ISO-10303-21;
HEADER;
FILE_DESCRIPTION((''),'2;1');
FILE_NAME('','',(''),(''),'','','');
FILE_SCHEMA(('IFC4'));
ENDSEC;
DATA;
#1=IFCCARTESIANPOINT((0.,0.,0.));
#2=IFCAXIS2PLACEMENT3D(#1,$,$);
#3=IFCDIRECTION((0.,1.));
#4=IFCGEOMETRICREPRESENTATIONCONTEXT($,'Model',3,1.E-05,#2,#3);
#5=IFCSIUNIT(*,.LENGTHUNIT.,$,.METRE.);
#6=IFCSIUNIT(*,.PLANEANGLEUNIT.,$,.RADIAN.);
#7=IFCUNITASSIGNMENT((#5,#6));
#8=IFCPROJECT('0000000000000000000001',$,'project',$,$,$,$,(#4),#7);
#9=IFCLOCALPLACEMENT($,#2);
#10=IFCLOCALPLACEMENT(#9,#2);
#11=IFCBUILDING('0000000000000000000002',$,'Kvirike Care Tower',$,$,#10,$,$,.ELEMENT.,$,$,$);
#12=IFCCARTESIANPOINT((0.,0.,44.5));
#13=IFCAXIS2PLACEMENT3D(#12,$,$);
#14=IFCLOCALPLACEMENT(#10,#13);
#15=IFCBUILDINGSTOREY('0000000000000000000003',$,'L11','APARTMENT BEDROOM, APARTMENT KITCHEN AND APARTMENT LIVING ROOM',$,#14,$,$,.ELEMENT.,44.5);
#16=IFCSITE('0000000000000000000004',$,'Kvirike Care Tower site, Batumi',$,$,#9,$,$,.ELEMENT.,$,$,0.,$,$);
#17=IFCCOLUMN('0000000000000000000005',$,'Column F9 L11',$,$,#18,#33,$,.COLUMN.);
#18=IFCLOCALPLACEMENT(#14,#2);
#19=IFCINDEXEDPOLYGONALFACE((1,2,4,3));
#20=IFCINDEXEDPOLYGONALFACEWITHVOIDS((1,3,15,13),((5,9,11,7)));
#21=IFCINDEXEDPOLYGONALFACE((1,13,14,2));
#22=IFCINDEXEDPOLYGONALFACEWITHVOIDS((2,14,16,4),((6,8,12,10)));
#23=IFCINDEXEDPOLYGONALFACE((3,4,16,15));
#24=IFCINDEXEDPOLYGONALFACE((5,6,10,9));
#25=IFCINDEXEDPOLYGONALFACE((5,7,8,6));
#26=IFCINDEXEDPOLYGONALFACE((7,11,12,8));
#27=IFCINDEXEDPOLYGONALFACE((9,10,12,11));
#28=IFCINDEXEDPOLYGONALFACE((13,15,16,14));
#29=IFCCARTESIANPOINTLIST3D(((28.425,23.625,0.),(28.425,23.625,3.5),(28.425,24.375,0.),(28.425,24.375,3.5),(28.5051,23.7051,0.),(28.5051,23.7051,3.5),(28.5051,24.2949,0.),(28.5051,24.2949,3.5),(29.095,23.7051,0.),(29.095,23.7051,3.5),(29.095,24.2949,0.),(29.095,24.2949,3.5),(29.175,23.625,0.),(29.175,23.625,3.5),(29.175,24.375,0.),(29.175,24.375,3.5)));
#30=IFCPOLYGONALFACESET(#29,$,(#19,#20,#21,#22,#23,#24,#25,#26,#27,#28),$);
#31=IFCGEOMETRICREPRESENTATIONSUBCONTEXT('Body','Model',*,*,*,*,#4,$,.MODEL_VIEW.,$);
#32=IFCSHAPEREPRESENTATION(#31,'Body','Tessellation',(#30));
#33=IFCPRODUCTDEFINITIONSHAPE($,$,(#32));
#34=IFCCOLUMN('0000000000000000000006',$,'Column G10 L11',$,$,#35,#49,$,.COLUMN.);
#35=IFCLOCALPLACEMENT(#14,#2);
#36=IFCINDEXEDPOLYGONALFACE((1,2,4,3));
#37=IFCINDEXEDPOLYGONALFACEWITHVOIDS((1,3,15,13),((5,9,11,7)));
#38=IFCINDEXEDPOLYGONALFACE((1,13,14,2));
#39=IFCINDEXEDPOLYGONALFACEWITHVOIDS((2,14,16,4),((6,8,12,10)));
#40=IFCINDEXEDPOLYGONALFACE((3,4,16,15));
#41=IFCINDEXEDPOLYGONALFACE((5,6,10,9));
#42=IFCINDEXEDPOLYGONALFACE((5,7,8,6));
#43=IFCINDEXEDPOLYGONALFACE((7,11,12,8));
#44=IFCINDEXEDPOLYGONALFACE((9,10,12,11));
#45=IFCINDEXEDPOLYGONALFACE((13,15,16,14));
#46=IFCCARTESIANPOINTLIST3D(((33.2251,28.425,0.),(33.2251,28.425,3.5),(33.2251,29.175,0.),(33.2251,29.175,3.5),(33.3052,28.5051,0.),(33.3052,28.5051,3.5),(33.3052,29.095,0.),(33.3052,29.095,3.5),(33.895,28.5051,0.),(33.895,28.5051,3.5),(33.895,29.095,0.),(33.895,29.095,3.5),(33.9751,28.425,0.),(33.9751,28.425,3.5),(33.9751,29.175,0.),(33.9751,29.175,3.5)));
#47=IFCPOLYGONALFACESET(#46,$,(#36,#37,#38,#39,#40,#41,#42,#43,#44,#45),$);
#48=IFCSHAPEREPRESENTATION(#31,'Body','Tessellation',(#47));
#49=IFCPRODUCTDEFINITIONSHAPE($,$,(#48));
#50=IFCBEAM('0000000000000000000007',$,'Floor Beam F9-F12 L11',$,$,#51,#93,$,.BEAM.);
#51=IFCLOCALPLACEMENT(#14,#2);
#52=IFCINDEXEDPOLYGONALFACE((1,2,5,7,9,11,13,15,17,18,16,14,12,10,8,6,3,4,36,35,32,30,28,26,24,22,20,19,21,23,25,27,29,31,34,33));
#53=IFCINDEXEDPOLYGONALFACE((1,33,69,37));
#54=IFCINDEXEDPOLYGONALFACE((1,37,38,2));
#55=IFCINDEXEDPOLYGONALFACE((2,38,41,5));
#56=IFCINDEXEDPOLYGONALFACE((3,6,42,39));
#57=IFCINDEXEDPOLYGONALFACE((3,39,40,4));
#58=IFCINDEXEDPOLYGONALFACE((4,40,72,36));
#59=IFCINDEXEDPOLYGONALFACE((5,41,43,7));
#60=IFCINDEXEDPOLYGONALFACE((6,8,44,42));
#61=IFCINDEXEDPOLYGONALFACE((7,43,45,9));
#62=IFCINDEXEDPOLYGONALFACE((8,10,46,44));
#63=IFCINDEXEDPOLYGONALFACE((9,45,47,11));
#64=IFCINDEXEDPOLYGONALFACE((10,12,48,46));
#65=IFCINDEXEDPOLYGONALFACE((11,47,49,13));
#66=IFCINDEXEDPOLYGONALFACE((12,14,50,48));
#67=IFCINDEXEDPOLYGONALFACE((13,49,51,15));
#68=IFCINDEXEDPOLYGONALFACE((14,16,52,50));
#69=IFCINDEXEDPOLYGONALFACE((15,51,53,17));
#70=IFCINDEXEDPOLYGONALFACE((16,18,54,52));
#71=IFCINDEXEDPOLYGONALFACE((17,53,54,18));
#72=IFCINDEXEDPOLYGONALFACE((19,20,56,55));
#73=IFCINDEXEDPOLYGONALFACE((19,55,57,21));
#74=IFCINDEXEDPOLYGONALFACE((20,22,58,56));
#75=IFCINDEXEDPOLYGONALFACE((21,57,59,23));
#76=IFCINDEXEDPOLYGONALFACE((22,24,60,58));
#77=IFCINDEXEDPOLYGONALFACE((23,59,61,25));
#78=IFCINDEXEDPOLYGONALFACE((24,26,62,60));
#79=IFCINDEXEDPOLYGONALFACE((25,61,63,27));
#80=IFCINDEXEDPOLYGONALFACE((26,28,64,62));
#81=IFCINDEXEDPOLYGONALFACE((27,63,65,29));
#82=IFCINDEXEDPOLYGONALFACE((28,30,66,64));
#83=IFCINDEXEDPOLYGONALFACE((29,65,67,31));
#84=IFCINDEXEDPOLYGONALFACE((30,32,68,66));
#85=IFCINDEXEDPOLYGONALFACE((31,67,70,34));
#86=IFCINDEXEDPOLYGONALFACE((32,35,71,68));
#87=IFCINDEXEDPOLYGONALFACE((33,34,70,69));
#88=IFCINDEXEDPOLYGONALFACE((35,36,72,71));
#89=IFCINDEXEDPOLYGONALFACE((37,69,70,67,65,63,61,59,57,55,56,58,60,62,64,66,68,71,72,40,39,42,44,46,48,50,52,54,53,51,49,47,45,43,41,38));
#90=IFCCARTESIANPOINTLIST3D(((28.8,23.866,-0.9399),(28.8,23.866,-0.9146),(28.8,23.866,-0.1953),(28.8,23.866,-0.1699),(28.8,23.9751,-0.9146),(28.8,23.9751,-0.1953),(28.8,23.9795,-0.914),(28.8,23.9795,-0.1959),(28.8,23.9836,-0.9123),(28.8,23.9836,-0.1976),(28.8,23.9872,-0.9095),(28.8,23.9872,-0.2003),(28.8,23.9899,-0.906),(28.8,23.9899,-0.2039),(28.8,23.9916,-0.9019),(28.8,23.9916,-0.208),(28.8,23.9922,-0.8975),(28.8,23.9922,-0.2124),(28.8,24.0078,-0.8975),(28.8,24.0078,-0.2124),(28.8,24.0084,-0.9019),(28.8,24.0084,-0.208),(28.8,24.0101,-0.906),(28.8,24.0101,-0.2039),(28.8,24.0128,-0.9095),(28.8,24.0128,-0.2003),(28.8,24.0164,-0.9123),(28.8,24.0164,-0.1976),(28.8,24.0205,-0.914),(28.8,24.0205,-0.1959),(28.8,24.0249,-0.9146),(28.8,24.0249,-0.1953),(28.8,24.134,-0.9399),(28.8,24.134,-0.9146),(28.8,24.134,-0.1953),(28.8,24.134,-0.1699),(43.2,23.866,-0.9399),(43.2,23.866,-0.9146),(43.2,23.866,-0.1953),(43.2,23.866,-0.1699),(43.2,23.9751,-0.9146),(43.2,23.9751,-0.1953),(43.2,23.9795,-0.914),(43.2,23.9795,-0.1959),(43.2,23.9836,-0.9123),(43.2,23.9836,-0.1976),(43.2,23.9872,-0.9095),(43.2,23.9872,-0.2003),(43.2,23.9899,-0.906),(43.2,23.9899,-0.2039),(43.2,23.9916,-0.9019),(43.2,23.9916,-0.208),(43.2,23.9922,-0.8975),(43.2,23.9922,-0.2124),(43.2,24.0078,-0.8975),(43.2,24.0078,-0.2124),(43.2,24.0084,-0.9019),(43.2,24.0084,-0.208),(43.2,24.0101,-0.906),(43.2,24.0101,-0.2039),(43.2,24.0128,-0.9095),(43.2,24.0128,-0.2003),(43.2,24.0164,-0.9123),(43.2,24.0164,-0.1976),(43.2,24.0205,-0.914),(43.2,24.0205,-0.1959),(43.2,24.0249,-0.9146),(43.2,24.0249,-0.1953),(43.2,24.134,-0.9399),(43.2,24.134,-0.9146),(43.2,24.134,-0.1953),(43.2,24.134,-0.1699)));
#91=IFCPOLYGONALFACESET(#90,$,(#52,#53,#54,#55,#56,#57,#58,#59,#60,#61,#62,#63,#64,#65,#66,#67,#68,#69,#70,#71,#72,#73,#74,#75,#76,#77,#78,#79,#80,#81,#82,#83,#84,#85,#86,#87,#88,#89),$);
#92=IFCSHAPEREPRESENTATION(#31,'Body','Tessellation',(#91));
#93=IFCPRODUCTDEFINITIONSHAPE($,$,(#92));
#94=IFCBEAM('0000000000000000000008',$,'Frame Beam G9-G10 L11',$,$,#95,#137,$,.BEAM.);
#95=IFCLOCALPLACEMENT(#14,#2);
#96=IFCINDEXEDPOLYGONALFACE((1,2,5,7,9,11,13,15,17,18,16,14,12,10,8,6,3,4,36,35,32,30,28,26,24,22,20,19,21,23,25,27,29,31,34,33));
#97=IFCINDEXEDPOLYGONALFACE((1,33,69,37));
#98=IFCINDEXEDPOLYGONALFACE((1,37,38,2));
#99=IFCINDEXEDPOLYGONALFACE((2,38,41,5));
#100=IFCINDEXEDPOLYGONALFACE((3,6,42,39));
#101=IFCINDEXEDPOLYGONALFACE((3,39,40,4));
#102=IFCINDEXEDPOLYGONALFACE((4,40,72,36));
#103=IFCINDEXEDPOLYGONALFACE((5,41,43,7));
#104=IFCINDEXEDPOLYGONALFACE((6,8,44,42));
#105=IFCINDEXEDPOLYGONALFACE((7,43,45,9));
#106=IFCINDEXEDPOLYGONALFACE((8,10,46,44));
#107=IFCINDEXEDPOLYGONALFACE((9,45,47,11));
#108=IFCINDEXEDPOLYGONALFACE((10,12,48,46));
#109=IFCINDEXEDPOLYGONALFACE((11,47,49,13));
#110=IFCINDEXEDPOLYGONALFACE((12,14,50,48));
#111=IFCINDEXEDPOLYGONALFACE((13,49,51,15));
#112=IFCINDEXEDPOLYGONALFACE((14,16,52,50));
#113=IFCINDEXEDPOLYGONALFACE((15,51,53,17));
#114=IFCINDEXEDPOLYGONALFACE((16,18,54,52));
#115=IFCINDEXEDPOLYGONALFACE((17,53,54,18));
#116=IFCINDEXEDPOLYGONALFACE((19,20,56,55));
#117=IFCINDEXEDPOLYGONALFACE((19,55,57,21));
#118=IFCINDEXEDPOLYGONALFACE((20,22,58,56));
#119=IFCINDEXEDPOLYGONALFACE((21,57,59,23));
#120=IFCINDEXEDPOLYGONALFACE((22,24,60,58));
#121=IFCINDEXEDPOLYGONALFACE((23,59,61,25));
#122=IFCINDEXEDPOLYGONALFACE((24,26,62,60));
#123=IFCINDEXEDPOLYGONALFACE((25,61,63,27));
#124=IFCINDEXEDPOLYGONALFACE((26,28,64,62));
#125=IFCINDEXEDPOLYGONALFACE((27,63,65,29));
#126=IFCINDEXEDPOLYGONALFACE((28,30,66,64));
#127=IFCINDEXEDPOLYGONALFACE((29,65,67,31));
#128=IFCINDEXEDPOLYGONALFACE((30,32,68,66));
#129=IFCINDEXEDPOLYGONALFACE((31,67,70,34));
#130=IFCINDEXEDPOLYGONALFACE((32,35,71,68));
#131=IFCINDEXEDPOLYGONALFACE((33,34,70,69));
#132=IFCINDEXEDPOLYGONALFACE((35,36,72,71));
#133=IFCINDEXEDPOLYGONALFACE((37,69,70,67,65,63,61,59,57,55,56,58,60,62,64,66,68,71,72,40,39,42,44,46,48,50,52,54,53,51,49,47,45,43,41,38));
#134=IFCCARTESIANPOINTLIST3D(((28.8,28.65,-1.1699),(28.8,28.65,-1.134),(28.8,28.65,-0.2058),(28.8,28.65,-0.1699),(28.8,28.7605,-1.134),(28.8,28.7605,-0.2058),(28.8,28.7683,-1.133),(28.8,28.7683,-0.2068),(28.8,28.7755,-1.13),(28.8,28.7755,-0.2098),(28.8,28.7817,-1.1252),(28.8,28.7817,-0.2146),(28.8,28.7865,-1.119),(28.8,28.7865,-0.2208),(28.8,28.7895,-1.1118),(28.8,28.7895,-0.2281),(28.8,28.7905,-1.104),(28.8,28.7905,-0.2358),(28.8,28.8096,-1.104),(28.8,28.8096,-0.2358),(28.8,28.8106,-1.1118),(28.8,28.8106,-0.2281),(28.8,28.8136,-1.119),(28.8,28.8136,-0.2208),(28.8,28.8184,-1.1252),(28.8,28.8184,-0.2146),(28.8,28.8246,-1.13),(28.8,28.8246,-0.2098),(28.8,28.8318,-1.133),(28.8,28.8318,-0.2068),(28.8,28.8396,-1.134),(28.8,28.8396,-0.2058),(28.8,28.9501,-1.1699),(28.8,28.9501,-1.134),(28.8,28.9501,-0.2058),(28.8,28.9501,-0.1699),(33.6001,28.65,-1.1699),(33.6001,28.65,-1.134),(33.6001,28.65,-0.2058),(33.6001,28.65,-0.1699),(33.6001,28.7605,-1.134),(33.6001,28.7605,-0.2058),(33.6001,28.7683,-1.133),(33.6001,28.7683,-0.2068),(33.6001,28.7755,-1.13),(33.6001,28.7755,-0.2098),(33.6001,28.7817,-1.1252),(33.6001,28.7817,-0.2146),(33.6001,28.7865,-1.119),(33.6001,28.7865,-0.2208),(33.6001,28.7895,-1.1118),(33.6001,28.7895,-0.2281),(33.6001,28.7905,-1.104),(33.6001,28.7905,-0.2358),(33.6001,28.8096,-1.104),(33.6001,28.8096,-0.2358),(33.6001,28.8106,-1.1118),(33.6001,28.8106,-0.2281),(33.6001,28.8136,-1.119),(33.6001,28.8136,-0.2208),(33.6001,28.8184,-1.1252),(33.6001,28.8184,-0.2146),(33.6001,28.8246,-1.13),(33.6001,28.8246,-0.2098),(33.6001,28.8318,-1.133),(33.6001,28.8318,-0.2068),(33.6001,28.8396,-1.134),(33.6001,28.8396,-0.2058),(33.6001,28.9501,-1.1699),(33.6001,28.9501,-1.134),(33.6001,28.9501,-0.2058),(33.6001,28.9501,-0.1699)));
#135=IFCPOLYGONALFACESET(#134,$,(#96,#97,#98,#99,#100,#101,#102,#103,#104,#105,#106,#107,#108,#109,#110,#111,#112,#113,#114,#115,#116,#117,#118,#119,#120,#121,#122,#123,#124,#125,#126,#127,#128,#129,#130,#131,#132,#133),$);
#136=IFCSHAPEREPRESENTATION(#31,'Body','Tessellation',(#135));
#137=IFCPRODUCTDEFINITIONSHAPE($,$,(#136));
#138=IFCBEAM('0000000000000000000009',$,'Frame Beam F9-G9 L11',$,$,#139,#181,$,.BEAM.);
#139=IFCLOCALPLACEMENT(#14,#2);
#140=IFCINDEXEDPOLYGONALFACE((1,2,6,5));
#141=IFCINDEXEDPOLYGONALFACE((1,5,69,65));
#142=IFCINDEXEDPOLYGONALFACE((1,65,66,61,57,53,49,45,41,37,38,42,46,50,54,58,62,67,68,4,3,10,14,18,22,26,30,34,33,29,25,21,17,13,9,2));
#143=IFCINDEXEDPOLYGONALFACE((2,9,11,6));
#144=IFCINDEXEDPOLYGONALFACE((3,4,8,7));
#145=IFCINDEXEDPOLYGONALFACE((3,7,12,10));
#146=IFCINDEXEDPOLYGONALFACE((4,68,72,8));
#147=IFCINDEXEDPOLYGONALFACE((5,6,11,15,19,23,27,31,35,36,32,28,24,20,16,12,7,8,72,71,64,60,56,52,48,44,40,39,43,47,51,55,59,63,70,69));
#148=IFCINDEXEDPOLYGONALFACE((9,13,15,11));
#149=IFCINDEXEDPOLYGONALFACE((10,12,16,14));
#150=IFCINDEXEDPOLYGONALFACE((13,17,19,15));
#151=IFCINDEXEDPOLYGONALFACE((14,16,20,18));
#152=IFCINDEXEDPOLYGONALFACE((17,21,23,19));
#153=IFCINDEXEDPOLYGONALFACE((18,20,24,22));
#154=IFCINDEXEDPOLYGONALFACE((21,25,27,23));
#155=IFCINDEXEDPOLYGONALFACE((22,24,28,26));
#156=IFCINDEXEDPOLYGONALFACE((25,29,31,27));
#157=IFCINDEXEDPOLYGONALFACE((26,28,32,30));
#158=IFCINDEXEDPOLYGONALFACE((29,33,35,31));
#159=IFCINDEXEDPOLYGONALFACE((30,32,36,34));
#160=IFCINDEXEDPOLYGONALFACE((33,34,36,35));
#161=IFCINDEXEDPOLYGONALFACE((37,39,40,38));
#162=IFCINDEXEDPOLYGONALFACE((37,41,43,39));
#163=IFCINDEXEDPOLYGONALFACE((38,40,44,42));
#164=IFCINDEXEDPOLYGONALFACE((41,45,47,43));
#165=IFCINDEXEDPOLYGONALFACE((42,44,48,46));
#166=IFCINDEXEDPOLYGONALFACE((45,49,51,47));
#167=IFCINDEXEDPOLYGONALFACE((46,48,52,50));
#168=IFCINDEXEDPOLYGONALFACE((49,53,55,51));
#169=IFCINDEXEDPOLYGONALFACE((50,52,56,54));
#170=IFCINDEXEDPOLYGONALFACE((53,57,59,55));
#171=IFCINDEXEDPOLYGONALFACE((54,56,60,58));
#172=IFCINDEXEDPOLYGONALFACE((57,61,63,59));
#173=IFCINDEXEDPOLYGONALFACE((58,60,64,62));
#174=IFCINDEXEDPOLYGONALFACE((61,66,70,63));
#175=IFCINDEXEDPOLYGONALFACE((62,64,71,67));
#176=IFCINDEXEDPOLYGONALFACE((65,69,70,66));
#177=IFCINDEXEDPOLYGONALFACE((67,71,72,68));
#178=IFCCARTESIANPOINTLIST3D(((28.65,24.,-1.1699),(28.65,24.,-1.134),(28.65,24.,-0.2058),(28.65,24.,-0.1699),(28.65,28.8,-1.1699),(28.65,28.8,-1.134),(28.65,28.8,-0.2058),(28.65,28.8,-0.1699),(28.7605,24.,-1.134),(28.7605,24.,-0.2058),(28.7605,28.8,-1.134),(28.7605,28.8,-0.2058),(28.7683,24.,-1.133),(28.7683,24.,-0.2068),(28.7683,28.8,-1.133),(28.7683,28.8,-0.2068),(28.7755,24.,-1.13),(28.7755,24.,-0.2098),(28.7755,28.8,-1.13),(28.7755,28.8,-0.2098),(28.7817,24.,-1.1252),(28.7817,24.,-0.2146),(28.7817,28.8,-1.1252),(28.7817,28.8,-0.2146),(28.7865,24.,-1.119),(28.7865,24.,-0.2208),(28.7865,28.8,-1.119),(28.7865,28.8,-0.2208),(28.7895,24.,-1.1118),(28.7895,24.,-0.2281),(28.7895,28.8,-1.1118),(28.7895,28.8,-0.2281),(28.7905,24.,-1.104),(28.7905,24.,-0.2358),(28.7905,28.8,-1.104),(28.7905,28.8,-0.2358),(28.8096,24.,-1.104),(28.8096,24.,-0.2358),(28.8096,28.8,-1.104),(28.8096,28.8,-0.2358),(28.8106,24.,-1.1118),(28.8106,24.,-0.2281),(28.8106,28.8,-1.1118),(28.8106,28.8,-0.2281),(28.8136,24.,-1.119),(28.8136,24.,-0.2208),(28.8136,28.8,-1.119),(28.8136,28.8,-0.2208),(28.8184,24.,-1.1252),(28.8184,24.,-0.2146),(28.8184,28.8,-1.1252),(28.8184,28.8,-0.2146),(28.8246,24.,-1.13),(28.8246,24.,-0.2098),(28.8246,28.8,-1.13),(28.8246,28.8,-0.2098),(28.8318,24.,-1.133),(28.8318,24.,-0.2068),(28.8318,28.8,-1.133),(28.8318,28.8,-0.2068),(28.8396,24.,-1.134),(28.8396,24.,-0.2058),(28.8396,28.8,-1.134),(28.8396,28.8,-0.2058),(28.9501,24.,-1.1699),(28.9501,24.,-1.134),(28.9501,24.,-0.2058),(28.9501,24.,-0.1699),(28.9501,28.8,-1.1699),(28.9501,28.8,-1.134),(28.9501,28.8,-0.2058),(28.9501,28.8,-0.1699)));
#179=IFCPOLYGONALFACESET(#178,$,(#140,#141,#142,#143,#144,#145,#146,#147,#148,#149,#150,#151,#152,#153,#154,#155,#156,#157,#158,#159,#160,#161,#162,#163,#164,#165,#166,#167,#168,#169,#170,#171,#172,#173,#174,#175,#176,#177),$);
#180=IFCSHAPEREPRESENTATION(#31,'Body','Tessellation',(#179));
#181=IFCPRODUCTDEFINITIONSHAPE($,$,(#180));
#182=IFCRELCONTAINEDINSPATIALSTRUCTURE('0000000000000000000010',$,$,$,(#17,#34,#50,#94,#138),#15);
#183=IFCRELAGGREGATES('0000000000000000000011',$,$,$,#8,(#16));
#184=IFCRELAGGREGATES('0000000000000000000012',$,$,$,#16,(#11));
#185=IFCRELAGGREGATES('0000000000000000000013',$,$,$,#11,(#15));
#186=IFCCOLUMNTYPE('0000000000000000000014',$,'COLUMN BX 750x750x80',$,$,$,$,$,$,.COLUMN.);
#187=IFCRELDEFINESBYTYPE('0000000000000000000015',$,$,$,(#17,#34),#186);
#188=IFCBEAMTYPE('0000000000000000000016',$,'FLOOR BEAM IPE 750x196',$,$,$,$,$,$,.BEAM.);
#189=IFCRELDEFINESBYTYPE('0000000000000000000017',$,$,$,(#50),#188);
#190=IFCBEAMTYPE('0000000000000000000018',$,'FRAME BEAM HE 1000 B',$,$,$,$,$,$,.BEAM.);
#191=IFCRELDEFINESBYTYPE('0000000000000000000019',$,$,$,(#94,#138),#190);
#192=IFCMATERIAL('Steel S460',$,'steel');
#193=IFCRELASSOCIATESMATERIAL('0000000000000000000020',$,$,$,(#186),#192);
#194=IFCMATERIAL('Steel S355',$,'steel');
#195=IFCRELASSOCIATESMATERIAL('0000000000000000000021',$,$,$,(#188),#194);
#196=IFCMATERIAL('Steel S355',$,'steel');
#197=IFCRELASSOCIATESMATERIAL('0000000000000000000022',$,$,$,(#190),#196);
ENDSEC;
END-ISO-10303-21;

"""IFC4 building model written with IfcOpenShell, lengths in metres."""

from ifc_helpers import new_model, si_unit, direction, frame, origin, origin_2d, place, context, subcontext, project, spatial, hollow_rectangle, i_section, extrude, material, material_profile, profile_set, type_object, element, save


model = new_model("IFC4")

# Units and contexts
model_context = context("Model", 3, precision=1e-05, world=origin(), true_north=direction((0.0, 1.0)))
body_context = subcontext(model_context, "Body", "Model", "MODEL_VIEW")
ifc_project = project(units=[si_unit("LENGTHUNIT", "METRE"), si_unit("PLANEANGLEUNIT", "RADIAN")], contexts=[model_context])

# Site, building, storey
site_placement = place(None, origin())
site = spatial("IfcSite", under=ifc_project, at=site_placement, Name="Kvirike Care Tower site, Batumi", CompositionType="ELEMENT", RefElevation=0.0)
building_placement = place(site_placement, origin())
building = spatial("IfcBuilding", under=site, at=building_placement, Name="Kvirike Care Tower", CompositionType="ELEMENT")
storey_placement = place(building_placement, frame((0.0, 0.0, 44.5)))
storey = spatial("IfcBuildingStorey", under=building, at=storey_placement, Name="L11", Description="APARTMENT BEDROOM, APARTMENT KITCHEN AND APARTMENT LIVING ROOM", CompositionType="ELEMENT", Elevation=44.5)

# Columns
ifc_material_1 = material(Name="Steel S460", Category="steel")
ifc_material_profile_1 = material_profile(ifc_material_1, hollow_rectangle(XDim=0.75, YDim=0.75, WallThickness=0.0801, at=origin_2d()), Name="BX 750x750x80")
ifc_profile_set_1 = profile_set([ifc_material_profile_1], Name="Steel S460")
column_type = type_object("IfcColumnType", Name="COLUMN BX 750x750x80", PredefinedType="COLUMN", material=ifc_profile_set_1)
for number, where, z_axis, x_axis, name in (
    (1, (28.8, 24.0, 0.0), (0.0, 0.0, 1.0), (1.0, 0.0, 0.0), "Column F9 L11"),
    (2, (33.6001, 28.8, 0.0), (0.0, 0.0, 1.0), (0.0, 1.0, 0.0), "Column G10 L11"),
):
    element("IfcColumn", number, at=place(storey_placement, frame(where, z_axis=z_axis, x_axis=x_axis)), inside=storey, type_object=column_type, Name=name, PredefinedType="COLUMN", context=body_context, shape_type="SweptSolid", body=[
        extrude(hollow_rectangle(XDim=0.75, YDim=0.75, WallThickness=0.0801, at=origin_2d()), origin(), (0.0, 0.0, 1.0), 3.5),
    ])

# Beams
ifc_material_2 = material(Name="Steel S355", Category="steel")
ifc_material_profile_2 = material_profile(ifc_material_2, i_section(OverallWidth=0.2681, OverallDepth=0.77, WebThickness=0.0156, FlangeThickness=0.0254, FilletRadius=0.0171, at=origin_2d()), Name="IPE 750x196")
ifc_profile_set_2 = profile_set([ifc_material_profile_2], Name="Steel S355")
beam_type_1 = type_object("IfcBeamType", Name="FLOOR BEAM IPE 750x196", PredefinedType="BEAM", material=ifc_profile_set_2)
beam_placement = place(storey_placement, frame((28.8, 24.0, -0.5549), z_axis=(1.0, 0.0, 0.0), x_axis=(0.0, 1.0, 0.0)))
element("IfcBeam", 3, at=beam_placement, inside=storey, type_object=beam_type_1, Name="Floor Beam F9-F12 L11", PredefinedType="BEAM", context=body_context, shape_type="SweptSolid", body=[
    extrude(i_section(OverallWidth=0.2681, OverallDepth=0.77, WebThickness=0.0156, FlangeThickness=0.0254, FilletRadius=0.0171, at=origin_2d()), origin(), (0.0, 0.0, 1.0), 14.3999),
])
ifc_material_3 = material(Name="Steel S355", Category="steel")
ifc_material_profile_3 = material_profile(ifc_material_3, i_section(OverallWidth=0.3, OverallDepth=1.0, WebThickness=0.019, FlangeThickness=0.0359, FilletRadius=0.03, at=origin_2d()), Name="HE 1000 B")
ifc_profile_set_3 = profile_set([ifc_material_profile_3], Name="Steel S355")
beam_type_2 = type_object("IfcBeamType", Name="FRAME BEAM HE 1000 B", PredefinedType="BEAM", material=ifc_profile_set_3)
for number, where, z_axis, x_axis, name in (
    (4, (28.8, 28.8, -0.6699), (1.0, 0.0, 0.0), (0.0, 1.0, 0.0), "Frame Beam G9-G10 L11"),
    (5, (28.8, 24.0, -0.6699), (0.0, 1.0, 0.0), (-1.0, 0.0, 0.0), "Frame Beam F9-G9 L11"),
):
    element("IfcBeam", number, at=place(storey_placement, frame(where, z_axis=z_axis, x_axis=x_axis)), inside=storey, type_object=beam_type_2, Name=name, PredefinedType="BEAM", context=body_context, shape_type="SweptSolid", body=[
        extrude(i_section(OverallWidth=0.3, OverallDepth=1.0, WebThickness=0.019, FlangeThickness=0.0359, FilletRadius=0.03, at=origin_2d()), origin(), (0.0, 0.0, 1.0), 4.8),
    ])

save(model, "model.ifc")
